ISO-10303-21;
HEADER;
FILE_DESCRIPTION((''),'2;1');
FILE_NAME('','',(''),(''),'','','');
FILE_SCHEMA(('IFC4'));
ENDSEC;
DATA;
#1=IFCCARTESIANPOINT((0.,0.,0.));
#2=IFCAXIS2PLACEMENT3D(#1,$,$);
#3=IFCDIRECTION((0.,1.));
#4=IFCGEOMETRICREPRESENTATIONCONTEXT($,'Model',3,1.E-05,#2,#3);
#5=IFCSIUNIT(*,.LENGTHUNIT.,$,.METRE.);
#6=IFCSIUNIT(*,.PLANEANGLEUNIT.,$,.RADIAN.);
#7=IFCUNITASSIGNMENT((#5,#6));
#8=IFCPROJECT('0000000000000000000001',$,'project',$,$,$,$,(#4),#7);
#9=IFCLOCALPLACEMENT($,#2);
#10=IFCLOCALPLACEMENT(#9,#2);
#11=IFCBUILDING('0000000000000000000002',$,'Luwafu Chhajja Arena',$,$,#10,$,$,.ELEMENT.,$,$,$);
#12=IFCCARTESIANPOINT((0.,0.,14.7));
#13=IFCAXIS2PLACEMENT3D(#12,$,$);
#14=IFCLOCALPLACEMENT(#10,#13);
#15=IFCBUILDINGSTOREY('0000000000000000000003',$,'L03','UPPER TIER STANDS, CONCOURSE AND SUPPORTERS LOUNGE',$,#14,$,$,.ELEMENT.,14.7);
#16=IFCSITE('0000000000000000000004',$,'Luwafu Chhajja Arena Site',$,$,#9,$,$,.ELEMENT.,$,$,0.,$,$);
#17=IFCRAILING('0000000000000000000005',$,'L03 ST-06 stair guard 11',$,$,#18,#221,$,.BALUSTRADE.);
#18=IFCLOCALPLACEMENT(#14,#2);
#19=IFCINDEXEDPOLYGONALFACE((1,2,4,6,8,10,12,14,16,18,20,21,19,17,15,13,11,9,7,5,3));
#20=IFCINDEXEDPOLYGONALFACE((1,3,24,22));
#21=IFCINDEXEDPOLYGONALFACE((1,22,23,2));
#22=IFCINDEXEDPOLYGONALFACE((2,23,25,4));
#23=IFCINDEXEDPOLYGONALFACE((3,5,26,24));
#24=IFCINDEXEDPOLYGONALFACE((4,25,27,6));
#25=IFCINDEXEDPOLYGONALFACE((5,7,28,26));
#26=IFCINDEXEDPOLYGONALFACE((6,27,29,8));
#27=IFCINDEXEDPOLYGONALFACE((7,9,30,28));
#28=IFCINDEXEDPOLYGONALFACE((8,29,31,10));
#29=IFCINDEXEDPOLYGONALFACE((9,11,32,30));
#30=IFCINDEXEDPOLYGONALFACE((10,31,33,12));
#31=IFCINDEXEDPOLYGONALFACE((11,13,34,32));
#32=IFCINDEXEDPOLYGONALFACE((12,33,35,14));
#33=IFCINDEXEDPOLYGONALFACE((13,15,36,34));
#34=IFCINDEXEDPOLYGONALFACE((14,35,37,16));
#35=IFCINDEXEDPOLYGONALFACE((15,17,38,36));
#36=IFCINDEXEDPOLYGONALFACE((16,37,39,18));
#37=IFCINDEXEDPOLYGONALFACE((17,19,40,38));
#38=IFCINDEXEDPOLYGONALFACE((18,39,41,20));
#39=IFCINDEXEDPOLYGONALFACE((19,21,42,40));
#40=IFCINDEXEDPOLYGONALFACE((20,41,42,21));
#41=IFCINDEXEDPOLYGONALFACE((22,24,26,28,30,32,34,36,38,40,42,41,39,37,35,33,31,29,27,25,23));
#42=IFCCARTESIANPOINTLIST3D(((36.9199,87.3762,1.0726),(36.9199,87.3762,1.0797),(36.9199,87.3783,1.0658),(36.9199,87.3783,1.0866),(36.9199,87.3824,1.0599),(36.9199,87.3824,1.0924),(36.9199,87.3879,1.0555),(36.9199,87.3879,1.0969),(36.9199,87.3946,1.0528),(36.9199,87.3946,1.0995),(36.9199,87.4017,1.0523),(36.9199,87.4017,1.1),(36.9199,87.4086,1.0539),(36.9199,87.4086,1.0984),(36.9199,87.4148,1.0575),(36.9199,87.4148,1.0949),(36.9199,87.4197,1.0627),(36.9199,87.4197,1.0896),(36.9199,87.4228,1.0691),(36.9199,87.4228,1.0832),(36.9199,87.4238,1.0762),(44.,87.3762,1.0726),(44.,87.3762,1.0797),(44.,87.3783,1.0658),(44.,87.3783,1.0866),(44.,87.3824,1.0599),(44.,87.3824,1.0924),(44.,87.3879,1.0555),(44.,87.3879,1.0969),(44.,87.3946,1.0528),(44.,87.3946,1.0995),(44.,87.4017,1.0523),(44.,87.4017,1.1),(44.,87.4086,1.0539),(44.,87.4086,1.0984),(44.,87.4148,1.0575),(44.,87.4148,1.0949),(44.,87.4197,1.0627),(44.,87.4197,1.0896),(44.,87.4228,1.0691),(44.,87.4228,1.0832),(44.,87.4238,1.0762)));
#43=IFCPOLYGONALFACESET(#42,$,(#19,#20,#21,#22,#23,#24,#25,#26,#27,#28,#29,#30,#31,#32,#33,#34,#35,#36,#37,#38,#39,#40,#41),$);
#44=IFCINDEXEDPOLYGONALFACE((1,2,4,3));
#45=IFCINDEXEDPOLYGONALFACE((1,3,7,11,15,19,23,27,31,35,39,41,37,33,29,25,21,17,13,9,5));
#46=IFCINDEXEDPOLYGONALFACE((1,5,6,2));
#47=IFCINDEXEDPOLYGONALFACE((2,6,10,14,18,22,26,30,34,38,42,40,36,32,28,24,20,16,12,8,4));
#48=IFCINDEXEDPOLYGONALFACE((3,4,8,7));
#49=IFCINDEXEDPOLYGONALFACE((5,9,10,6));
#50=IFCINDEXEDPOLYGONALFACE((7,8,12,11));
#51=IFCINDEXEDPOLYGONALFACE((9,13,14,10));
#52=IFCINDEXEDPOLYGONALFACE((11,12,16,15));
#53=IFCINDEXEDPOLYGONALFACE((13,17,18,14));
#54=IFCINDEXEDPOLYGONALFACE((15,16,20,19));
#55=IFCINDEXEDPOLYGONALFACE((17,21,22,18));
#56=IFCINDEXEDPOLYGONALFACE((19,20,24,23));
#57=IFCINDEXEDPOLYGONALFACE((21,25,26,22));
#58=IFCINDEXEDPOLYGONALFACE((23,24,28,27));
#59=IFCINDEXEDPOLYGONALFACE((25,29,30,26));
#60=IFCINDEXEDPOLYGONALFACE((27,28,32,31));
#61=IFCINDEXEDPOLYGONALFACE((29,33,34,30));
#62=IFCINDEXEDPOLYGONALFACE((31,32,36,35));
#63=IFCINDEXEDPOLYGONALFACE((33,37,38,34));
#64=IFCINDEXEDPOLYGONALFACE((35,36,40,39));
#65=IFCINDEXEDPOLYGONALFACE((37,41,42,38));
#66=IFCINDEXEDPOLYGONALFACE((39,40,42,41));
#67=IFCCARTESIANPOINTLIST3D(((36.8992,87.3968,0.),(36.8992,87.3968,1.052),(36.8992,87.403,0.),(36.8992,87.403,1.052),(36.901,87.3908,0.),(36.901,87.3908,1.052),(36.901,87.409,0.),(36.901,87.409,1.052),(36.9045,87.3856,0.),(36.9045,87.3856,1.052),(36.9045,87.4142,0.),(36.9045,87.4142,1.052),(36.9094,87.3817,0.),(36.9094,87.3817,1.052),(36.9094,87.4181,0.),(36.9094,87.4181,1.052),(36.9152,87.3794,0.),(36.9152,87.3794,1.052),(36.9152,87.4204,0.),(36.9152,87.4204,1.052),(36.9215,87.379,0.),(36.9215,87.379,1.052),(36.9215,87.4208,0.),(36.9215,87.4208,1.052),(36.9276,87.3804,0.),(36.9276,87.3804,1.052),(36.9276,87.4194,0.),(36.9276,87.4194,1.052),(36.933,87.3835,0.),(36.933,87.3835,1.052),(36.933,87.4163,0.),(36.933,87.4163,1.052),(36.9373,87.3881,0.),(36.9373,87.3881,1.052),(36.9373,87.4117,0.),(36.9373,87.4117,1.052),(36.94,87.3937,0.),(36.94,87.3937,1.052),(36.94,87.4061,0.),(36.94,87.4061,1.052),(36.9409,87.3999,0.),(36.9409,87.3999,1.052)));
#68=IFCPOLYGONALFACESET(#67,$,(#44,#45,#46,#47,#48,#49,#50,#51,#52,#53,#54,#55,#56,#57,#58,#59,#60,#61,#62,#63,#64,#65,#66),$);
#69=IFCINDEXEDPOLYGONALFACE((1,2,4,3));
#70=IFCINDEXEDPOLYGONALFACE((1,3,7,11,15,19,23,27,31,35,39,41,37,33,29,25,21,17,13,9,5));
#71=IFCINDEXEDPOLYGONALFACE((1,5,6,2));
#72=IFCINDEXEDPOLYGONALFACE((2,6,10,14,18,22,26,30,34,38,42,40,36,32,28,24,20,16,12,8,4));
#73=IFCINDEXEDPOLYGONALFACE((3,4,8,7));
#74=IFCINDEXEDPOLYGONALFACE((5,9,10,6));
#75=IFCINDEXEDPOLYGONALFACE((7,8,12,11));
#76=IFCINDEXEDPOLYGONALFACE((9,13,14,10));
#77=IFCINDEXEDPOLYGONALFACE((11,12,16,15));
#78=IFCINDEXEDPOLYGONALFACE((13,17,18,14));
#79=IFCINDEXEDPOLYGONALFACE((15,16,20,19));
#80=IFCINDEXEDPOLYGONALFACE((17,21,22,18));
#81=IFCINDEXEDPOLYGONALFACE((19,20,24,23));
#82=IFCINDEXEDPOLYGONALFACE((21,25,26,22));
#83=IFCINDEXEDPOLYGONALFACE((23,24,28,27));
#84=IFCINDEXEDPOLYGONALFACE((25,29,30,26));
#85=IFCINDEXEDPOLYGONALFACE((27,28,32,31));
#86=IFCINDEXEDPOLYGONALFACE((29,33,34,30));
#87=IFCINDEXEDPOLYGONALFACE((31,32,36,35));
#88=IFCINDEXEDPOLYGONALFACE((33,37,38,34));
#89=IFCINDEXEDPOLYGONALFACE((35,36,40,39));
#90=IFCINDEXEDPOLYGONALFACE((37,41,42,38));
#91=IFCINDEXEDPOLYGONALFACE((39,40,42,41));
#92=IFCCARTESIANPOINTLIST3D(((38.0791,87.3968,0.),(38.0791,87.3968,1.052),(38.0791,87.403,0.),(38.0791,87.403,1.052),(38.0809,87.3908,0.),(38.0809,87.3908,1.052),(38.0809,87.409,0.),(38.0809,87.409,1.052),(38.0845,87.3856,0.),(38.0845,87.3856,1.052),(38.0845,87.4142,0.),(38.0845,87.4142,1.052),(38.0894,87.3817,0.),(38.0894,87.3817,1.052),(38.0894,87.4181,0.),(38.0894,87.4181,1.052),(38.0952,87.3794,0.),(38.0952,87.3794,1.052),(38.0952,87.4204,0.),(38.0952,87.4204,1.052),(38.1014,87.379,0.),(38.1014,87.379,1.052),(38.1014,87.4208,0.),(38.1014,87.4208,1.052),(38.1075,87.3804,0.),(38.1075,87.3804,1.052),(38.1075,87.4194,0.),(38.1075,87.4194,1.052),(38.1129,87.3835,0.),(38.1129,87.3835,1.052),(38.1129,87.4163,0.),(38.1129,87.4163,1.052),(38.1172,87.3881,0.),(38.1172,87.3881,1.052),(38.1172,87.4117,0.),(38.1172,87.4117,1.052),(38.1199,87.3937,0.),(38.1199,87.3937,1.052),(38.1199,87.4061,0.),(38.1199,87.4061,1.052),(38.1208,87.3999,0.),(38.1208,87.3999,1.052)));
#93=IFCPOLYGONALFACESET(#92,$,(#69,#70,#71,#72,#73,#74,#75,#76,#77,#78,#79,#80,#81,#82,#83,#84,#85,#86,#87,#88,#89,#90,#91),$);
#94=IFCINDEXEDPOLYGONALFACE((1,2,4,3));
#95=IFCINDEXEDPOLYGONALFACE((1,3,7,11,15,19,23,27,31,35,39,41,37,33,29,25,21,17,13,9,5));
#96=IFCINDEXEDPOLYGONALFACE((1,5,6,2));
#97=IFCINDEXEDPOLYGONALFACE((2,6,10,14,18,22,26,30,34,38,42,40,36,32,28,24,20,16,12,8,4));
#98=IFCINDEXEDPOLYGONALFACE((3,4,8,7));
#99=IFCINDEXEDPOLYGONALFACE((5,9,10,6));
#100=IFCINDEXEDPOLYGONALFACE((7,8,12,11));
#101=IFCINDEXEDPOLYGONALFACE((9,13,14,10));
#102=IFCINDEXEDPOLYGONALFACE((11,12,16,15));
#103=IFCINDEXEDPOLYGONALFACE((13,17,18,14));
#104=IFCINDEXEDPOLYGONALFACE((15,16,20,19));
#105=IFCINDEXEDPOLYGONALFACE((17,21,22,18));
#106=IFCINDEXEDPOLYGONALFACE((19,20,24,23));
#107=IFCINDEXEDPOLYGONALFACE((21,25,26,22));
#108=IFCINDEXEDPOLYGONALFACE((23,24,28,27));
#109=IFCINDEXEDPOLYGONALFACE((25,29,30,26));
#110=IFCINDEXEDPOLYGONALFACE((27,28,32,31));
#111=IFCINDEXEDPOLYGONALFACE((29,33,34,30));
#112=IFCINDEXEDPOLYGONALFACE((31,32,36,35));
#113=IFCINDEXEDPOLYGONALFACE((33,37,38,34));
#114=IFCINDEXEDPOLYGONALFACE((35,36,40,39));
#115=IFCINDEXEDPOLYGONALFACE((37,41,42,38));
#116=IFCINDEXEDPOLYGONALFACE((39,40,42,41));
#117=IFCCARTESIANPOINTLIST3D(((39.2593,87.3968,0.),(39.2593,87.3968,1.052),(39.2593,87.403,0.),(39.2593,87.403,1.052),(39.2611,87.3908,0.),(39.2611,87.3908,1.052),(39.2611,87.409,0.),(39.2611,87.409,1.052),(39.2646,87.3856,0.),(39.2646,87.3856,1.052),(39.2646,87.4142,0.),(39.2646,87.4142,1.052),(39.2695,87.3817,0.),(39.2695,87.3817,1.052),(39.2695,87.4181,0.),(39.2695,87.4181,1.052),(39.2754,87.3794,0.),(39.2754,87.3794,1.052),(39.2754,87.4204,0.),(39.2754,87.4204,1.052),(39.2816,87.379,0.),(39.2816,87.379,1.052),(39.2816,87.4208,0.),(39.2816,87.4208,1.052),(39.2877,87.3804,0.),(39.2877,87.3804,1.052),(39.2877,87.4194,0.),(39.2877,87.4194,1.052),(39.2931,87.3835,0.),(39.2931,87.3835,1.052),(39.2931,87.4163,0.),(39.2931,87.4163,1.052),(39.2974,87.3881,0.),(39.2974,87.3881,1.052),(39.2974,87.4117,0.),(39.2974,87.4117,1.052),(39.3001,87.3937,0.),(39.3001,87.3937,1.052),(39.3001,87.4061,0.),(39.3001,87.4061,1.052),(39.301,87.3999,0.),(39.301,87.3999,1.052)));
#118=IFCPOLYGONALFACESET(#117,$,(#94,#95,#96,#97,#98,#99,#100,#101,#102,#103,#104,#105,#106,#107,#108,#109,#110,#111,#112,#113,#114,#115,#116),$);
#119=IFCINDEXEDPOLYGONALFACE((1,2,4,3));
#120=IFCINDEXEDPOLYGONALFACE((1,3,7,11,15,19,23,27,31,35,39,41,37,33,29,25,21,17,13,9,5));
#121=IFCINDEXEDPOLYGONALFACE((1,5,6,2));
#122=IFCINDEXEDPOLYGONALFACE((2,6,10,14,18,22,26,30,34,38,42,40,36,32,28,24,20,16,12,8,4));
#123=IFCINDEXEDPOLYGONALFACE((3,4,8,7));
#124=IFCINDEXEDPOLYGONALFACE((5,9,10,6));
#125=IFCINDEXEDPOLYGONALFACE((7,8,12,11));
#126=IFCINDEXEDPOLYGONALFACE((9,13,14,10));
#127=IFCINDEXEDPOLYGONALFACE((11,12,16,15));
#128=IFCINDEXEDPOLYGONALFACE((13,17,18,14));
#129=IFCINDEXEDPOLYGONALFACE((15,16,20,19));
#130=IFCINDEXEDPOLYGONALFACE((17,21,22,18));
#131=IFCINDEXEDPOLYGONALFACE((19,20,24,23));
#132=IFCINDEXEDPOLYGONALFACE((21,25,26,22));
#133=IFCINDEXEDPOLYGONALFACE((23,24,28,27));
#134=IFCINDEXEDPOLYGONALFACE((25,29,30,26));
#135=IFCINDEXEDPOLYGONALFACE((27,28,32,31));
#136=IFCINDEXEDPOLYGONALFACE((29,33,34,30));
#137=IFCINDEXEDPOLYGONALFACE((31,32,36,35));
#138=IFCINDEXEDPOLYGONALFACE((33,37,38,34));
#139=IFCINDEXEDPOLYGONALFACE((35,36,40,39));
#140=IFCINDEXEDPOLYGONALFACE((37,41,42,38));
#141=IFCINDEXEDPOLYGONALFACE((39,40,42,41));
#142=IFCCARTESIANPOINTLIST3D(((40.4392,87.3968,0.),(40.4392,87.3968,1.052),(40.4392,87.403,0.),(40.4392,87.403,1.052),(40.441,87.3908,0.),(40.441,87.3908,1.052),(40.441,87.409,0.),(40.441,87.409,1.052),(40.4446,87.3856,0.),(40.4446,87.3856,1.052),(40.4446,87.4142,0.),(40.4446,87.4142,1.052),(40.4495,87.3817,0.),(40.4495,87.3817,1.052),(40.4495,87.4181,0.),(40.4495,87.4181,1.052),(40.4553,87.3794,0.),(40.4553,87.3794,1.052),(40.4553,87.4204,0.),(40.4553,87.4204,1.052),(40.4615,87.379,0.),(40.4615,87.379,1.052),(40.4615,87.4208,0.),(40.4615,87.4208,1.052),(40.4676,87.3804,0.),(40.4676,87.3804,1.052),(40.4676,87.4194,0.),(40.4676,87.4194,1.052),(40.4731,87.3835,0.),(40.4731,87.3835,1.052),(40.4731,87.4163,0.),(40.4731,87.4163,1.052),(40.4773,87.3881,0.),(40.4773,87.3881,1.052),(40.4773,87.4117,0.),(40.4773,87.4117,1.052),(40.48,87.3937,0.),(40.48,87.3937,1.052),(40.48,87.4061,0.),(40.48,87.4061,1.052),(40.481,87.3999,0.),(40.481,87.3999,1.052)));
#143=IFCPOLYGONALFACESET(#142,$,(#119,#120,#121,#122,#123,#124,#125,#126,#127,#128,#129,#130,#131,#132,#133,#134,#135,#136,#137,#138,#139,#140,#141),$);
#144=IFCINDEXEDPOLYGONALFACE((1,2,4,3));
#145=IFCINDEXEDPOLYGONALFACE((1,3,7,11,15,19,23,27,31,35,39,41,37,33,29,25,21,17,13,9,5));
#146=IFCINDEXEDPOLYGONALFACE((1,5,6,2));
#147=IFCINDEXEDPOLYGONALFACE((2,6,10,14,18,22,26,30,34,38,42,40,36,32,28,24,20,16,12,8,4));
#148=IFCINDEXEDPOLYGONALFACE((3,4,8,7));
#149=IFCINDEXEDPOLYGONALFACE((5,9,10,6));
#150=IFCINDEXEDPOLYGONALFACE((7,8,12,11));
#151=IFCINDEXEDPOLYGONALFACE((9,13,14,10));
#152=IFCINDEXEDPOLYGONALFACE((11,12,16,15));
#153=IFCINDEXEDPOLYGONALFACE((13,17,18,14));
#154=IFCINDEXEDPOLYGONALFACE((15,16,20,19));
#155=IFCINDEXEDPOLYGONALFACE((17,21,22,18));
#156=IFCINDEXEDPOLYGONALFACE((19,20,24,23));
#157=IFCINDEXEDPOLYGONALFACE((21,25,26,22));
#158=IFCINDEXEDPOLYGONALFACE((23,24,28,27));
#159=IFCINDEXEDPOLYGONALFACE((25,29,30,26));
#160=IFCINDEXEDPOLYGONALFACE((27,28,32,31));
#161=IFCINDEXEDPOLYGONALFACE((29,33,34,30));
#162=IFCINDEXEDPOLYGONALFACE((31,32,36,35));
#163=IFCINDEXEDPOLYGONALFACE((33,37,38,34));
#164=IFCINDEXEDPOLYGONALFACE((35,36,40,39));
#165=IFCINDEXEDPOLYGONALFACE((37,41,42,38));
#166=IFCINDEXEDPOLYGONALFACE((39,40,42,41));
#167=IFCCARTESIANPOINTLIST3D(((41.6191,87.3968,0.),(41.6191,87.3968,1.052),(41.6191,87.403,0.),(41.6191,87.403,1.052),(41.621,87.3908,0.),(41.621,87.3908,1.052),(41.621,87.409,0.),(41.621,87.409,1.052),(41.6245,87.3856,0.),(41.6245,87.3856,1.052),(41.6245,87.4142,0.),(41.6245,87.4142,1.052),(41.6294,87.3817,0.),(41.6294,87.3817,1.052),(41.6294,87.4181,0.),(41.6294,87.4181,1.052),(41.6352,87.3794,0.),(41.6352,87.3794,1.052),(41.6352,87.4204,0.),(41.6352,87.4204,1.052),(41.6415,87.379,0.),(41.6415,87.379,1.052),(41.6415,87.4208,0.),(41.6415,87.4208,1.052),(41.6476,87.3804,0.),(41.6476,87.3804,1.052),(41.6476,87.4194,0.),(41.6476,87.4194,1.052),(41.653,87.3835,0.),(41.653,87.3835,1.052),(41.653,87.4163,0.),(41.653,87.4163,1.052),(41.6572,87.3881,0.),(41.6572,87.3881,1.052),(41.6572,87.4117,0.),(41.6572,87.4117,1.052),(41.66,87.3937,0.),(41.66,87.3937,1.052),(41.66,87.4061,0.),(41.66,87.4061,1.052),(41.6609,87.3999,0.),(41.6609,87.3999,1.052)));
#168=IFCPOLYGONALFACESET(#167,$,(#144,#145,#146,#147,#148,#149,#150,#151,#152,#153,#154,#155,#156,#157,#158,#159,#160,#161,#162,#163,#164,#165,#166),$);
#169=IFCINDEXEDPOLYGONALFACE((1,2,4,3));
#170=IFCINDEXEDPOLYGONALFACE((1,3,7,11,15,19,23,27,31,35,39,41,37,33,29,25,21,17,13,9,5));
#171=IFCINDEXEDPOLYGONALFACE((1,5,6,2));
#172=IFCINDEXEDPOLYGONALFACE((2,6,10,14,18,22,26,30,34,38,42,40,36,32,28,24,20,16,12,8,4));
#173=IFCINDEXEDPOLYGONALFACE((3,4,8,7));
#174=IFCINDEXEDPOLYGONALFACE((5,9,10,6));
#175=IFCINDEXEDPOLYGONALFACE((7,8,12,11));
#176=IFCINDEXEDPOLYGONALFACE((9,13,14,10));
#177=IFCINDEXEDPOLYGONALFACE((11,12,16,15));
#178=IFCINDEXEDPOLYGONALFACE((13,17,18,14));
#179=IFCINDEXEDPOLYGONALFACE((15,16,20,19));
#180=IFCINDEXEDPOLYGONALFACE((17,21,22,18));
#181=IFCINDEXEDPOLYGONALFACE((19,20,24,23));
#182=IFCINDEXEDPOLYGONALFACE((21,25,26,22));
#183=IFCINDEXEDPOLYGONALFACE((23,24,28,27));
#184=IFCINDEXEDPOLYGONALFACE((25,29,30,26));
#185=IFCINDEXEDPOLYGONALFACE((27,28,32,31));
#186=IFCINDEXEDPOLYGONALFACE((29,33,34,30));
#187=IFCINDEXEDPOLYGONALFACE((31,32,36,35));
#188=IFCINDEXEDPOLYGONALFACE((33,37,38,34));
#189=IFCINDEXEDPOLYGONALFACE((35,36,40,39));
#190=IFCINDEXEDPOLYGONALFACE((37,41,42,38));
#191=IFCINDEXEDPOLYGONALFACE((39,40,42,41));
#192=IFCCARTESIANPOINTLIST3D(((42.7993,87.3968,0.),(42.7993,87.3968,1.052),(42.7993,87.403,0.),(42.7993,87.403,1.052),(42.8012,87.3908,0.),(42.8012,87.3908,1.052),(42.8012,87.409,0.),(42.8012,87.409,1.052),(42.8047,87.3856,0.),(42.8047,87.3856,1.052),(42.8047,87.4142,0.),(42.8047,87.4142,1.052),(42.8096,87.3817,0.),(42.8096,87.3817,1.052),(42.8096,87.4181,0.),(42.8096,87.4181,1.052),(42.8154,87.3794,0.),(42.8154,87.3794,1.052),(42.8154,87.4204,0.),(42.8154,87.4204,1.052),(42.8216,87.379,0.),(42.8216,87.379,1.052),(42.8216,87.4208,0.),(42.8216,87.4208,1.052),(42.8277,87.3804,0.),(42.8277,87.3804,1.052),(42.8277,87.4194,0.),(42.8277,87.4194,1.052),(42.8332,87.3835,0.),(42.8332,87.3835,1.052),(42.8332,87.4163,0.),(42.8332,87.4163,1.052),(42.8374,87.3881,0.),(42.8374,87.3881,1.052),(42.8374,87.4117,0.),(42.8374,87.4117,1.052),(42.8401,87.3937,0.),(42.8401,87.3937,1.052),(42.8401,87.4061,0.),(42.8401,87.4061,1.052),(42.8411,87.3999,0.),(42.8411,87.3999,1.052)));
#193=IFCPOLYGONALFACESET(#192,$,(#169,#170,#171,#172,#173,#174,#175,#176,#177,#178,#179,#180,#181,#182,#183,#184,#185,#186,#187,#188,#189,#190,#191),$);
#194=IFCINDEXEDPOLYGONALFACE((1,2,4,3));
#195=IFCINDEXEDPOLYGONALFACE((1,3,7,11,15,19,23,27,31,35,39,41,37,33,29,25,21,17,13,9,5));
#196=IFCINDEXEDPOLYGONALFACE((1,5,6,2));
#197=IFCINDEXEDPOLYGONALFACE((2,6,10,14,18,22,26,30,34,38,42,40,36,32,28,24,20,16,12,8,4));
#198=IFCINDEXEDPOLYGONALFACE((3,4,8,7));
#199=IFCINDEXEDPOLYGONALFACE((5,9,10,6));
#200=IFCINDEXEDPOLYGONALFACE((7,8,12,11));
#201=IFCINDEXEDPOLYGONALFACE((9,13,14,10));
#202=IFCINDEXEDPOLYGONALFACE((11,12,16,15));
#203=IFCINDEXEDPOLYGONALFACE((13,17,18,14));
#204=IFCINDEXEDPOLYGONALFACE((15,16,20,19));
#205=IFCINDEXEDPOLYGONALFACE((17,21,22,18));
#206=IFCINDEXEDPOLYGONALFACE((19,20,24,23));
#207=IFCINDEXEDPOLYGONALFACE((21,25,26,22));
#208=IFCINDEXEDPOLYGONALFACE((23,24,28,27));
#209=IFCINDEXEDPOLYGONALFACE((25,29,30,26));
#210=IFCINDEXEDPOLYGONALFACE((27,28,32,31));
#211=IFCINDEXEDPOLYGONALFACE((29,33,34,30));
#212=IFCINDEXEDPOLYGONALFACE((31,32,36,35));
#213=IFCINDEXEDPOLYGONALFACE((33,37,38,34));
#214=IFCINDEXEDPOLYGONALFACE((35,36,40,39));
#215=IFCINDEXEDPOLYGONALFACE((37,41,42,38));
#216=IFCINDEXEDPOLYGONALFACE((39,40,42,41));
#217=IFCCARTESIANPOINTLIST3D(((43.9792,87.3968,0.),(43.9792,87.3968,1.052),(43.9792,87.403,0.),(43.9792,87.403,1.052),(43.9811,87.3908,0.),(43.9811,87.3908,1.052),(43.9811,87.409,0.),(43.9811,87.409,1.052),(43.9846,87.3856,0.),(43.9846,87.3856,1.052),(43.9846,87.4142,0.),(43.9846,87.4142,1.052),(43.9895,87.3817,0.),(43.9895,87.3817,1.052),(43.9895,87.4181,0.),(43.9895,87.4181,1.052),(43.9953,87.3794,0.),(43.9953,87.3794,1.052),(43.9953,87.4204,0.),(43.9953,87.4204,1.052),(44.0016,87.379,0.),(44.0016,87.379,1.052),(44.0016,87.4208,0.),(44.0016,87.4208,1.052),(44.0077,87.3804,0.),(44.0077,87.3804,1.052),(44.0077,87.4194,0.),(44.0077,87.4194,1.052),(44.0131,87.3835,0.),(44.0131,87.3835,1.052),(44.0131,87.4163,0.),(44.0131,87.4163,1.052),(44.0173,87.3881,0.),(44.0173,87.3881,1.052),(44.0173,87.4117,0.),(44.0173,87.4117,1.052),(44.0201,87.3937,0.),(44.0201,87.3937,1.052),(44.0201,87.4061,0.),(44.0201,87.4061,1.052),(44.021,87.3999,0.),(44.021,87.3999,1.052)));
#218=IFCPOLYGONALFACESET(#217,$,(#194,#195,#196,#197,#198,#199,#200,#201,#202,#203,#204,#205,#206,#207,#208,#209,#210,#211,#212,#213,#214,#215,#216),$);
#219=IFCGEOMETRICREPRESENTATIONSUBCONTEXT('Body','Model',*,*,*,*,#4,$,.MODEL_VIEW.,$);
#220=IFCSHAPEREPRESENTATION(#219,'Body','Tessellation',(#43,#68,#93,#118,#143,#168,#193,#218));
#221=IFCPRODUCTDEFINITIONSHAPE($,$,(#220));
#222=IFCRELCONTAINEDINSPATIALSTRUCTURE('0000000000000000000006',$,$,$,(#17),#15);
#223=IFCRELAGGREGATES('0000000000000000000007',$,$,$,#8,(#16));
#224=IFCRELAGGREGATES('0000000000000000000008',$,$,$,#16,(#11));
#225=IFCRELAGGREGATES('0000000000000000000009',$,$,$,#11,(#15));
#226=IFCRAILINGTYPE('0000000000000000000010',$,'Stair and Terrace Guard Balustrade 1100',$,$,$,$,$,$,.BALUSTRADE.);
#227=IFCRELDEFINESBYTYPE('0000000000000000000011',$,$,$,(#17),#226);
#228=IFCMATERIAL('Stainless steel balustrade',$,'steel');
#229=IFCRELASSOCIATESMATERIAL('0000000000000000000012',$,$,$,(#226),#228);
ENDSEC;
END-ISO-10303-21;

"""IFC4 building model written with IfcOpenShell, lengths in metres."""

from ifc_helpers import new_model, si_unit, direction, frame, origin, origin_2d, place, context, subcontext, project, spatial, circle, extrude, material, type_object, element, save


model = new_model("IFC4")

# Units and contexts
model_context = context("Model", 3, precision=1e-05, world=origin(), true_north=direction((0.0, 1.0)))
body_context = subcontext(model_context, "Body", "Model", "MODEL_VIEW")
ifc_project = project(units=[si_unit("LENGTHUNIT", "METRE"), si_unit("PLANEANGLEUNIT", "RADIAN")], contexts=[model_context])

# Site, building, storey
site_placement = place(None, origin())
site = spatial("IfcSite", under=ifc_project, at=site_placement, Name="Luwafu Chhajja Arena Site", CompositionType="ELEMENT", RefElevation=0.0)
building_placement = place(site_placement, origin())
building = spatial("IfcBuilding", under=site, at=building_placement, Name="Luwafu Chhajja Arena", CompositionType="ELEMENT")
storey_placement = place(building_placement, frame((0.0, 0.0, 14.7)))
storey = spatial("IfcBuildingStorey", under=building, at=storey_placement, Name="L03", Description="UPPER TIER STANDS, CONCOURSE AND SUPPORTERS LOUNGE", CompositionType="ELEMENT", Elevation=14.7)

# Railing
ifc_material_1 = material(Name="Stainless steel balustrade", Category="steel")
railing_type_1 = type_object("IfcRailingType", Name="Stair and Terrace Guard Balustrade 1100", PredefinedType="BALUSTRADE", material=ifc_material_1)
railing_1_placement = place(storey_placement, frame((36.9199, 87.3999, 0.0)))
element("IfcRailing", 1, at=railing_1_placement, inside=storey, type_object=railing_type_1, Name="L03 ST-06 stair guard 11", PredefinedType="BALUSTRADE", context=body_context, shape_type="SweptSolid", body=[
    extrude(circle(Radius=0.0239, at=origin_2d()), frame((0.0, 0.0, 1.0762), z_axis=(1.0, 0.0, 0.0), x_axis=(0.0, 1.0, 0.0)), (0.0, 0.0, 1.0), 7.0801),
    extrude(circle(Radius=0.021, at=origin_2d()), origin(), (0.0, 0.0, 1.0), 1.052),
    extrude(circle(Radius=0.021, at=origin_2d()), frame((1.1799, 0.0, 0.0)), (0.0, 0.0, 1.0), 1.052),
    extrude(circle(Radius=0.021, at=origin_2d()), frame((2.3601, 0.0, 0.0)), (0.0, 0.0, 1.0), 1.052),
    extrude(circle(Radius=0.021, at=origin_2d()), frame((3.54, 0.0, 0.0)), (0.0, 0.0, 1.0), 1.052),
    extrude(circle(Radius=0.021, at=origin_2d()), frame((4.72, 0.0, 0.0)), (0.0, 0.0, 1.0), 1.052),
    extrude(circle(Radius=0.021, at=origin_2d()), frame((5.9001, 0.0, 0.0)), (0.0, 0.0, 1.0), 1.052),
    extrude(circle(Radius=0.021, at=origin_2d()), frame((7.0801, 0.0, 0.0)), (0.0, 0.0, 1.0), 1.052),
])

save(model, "model.ifc")
